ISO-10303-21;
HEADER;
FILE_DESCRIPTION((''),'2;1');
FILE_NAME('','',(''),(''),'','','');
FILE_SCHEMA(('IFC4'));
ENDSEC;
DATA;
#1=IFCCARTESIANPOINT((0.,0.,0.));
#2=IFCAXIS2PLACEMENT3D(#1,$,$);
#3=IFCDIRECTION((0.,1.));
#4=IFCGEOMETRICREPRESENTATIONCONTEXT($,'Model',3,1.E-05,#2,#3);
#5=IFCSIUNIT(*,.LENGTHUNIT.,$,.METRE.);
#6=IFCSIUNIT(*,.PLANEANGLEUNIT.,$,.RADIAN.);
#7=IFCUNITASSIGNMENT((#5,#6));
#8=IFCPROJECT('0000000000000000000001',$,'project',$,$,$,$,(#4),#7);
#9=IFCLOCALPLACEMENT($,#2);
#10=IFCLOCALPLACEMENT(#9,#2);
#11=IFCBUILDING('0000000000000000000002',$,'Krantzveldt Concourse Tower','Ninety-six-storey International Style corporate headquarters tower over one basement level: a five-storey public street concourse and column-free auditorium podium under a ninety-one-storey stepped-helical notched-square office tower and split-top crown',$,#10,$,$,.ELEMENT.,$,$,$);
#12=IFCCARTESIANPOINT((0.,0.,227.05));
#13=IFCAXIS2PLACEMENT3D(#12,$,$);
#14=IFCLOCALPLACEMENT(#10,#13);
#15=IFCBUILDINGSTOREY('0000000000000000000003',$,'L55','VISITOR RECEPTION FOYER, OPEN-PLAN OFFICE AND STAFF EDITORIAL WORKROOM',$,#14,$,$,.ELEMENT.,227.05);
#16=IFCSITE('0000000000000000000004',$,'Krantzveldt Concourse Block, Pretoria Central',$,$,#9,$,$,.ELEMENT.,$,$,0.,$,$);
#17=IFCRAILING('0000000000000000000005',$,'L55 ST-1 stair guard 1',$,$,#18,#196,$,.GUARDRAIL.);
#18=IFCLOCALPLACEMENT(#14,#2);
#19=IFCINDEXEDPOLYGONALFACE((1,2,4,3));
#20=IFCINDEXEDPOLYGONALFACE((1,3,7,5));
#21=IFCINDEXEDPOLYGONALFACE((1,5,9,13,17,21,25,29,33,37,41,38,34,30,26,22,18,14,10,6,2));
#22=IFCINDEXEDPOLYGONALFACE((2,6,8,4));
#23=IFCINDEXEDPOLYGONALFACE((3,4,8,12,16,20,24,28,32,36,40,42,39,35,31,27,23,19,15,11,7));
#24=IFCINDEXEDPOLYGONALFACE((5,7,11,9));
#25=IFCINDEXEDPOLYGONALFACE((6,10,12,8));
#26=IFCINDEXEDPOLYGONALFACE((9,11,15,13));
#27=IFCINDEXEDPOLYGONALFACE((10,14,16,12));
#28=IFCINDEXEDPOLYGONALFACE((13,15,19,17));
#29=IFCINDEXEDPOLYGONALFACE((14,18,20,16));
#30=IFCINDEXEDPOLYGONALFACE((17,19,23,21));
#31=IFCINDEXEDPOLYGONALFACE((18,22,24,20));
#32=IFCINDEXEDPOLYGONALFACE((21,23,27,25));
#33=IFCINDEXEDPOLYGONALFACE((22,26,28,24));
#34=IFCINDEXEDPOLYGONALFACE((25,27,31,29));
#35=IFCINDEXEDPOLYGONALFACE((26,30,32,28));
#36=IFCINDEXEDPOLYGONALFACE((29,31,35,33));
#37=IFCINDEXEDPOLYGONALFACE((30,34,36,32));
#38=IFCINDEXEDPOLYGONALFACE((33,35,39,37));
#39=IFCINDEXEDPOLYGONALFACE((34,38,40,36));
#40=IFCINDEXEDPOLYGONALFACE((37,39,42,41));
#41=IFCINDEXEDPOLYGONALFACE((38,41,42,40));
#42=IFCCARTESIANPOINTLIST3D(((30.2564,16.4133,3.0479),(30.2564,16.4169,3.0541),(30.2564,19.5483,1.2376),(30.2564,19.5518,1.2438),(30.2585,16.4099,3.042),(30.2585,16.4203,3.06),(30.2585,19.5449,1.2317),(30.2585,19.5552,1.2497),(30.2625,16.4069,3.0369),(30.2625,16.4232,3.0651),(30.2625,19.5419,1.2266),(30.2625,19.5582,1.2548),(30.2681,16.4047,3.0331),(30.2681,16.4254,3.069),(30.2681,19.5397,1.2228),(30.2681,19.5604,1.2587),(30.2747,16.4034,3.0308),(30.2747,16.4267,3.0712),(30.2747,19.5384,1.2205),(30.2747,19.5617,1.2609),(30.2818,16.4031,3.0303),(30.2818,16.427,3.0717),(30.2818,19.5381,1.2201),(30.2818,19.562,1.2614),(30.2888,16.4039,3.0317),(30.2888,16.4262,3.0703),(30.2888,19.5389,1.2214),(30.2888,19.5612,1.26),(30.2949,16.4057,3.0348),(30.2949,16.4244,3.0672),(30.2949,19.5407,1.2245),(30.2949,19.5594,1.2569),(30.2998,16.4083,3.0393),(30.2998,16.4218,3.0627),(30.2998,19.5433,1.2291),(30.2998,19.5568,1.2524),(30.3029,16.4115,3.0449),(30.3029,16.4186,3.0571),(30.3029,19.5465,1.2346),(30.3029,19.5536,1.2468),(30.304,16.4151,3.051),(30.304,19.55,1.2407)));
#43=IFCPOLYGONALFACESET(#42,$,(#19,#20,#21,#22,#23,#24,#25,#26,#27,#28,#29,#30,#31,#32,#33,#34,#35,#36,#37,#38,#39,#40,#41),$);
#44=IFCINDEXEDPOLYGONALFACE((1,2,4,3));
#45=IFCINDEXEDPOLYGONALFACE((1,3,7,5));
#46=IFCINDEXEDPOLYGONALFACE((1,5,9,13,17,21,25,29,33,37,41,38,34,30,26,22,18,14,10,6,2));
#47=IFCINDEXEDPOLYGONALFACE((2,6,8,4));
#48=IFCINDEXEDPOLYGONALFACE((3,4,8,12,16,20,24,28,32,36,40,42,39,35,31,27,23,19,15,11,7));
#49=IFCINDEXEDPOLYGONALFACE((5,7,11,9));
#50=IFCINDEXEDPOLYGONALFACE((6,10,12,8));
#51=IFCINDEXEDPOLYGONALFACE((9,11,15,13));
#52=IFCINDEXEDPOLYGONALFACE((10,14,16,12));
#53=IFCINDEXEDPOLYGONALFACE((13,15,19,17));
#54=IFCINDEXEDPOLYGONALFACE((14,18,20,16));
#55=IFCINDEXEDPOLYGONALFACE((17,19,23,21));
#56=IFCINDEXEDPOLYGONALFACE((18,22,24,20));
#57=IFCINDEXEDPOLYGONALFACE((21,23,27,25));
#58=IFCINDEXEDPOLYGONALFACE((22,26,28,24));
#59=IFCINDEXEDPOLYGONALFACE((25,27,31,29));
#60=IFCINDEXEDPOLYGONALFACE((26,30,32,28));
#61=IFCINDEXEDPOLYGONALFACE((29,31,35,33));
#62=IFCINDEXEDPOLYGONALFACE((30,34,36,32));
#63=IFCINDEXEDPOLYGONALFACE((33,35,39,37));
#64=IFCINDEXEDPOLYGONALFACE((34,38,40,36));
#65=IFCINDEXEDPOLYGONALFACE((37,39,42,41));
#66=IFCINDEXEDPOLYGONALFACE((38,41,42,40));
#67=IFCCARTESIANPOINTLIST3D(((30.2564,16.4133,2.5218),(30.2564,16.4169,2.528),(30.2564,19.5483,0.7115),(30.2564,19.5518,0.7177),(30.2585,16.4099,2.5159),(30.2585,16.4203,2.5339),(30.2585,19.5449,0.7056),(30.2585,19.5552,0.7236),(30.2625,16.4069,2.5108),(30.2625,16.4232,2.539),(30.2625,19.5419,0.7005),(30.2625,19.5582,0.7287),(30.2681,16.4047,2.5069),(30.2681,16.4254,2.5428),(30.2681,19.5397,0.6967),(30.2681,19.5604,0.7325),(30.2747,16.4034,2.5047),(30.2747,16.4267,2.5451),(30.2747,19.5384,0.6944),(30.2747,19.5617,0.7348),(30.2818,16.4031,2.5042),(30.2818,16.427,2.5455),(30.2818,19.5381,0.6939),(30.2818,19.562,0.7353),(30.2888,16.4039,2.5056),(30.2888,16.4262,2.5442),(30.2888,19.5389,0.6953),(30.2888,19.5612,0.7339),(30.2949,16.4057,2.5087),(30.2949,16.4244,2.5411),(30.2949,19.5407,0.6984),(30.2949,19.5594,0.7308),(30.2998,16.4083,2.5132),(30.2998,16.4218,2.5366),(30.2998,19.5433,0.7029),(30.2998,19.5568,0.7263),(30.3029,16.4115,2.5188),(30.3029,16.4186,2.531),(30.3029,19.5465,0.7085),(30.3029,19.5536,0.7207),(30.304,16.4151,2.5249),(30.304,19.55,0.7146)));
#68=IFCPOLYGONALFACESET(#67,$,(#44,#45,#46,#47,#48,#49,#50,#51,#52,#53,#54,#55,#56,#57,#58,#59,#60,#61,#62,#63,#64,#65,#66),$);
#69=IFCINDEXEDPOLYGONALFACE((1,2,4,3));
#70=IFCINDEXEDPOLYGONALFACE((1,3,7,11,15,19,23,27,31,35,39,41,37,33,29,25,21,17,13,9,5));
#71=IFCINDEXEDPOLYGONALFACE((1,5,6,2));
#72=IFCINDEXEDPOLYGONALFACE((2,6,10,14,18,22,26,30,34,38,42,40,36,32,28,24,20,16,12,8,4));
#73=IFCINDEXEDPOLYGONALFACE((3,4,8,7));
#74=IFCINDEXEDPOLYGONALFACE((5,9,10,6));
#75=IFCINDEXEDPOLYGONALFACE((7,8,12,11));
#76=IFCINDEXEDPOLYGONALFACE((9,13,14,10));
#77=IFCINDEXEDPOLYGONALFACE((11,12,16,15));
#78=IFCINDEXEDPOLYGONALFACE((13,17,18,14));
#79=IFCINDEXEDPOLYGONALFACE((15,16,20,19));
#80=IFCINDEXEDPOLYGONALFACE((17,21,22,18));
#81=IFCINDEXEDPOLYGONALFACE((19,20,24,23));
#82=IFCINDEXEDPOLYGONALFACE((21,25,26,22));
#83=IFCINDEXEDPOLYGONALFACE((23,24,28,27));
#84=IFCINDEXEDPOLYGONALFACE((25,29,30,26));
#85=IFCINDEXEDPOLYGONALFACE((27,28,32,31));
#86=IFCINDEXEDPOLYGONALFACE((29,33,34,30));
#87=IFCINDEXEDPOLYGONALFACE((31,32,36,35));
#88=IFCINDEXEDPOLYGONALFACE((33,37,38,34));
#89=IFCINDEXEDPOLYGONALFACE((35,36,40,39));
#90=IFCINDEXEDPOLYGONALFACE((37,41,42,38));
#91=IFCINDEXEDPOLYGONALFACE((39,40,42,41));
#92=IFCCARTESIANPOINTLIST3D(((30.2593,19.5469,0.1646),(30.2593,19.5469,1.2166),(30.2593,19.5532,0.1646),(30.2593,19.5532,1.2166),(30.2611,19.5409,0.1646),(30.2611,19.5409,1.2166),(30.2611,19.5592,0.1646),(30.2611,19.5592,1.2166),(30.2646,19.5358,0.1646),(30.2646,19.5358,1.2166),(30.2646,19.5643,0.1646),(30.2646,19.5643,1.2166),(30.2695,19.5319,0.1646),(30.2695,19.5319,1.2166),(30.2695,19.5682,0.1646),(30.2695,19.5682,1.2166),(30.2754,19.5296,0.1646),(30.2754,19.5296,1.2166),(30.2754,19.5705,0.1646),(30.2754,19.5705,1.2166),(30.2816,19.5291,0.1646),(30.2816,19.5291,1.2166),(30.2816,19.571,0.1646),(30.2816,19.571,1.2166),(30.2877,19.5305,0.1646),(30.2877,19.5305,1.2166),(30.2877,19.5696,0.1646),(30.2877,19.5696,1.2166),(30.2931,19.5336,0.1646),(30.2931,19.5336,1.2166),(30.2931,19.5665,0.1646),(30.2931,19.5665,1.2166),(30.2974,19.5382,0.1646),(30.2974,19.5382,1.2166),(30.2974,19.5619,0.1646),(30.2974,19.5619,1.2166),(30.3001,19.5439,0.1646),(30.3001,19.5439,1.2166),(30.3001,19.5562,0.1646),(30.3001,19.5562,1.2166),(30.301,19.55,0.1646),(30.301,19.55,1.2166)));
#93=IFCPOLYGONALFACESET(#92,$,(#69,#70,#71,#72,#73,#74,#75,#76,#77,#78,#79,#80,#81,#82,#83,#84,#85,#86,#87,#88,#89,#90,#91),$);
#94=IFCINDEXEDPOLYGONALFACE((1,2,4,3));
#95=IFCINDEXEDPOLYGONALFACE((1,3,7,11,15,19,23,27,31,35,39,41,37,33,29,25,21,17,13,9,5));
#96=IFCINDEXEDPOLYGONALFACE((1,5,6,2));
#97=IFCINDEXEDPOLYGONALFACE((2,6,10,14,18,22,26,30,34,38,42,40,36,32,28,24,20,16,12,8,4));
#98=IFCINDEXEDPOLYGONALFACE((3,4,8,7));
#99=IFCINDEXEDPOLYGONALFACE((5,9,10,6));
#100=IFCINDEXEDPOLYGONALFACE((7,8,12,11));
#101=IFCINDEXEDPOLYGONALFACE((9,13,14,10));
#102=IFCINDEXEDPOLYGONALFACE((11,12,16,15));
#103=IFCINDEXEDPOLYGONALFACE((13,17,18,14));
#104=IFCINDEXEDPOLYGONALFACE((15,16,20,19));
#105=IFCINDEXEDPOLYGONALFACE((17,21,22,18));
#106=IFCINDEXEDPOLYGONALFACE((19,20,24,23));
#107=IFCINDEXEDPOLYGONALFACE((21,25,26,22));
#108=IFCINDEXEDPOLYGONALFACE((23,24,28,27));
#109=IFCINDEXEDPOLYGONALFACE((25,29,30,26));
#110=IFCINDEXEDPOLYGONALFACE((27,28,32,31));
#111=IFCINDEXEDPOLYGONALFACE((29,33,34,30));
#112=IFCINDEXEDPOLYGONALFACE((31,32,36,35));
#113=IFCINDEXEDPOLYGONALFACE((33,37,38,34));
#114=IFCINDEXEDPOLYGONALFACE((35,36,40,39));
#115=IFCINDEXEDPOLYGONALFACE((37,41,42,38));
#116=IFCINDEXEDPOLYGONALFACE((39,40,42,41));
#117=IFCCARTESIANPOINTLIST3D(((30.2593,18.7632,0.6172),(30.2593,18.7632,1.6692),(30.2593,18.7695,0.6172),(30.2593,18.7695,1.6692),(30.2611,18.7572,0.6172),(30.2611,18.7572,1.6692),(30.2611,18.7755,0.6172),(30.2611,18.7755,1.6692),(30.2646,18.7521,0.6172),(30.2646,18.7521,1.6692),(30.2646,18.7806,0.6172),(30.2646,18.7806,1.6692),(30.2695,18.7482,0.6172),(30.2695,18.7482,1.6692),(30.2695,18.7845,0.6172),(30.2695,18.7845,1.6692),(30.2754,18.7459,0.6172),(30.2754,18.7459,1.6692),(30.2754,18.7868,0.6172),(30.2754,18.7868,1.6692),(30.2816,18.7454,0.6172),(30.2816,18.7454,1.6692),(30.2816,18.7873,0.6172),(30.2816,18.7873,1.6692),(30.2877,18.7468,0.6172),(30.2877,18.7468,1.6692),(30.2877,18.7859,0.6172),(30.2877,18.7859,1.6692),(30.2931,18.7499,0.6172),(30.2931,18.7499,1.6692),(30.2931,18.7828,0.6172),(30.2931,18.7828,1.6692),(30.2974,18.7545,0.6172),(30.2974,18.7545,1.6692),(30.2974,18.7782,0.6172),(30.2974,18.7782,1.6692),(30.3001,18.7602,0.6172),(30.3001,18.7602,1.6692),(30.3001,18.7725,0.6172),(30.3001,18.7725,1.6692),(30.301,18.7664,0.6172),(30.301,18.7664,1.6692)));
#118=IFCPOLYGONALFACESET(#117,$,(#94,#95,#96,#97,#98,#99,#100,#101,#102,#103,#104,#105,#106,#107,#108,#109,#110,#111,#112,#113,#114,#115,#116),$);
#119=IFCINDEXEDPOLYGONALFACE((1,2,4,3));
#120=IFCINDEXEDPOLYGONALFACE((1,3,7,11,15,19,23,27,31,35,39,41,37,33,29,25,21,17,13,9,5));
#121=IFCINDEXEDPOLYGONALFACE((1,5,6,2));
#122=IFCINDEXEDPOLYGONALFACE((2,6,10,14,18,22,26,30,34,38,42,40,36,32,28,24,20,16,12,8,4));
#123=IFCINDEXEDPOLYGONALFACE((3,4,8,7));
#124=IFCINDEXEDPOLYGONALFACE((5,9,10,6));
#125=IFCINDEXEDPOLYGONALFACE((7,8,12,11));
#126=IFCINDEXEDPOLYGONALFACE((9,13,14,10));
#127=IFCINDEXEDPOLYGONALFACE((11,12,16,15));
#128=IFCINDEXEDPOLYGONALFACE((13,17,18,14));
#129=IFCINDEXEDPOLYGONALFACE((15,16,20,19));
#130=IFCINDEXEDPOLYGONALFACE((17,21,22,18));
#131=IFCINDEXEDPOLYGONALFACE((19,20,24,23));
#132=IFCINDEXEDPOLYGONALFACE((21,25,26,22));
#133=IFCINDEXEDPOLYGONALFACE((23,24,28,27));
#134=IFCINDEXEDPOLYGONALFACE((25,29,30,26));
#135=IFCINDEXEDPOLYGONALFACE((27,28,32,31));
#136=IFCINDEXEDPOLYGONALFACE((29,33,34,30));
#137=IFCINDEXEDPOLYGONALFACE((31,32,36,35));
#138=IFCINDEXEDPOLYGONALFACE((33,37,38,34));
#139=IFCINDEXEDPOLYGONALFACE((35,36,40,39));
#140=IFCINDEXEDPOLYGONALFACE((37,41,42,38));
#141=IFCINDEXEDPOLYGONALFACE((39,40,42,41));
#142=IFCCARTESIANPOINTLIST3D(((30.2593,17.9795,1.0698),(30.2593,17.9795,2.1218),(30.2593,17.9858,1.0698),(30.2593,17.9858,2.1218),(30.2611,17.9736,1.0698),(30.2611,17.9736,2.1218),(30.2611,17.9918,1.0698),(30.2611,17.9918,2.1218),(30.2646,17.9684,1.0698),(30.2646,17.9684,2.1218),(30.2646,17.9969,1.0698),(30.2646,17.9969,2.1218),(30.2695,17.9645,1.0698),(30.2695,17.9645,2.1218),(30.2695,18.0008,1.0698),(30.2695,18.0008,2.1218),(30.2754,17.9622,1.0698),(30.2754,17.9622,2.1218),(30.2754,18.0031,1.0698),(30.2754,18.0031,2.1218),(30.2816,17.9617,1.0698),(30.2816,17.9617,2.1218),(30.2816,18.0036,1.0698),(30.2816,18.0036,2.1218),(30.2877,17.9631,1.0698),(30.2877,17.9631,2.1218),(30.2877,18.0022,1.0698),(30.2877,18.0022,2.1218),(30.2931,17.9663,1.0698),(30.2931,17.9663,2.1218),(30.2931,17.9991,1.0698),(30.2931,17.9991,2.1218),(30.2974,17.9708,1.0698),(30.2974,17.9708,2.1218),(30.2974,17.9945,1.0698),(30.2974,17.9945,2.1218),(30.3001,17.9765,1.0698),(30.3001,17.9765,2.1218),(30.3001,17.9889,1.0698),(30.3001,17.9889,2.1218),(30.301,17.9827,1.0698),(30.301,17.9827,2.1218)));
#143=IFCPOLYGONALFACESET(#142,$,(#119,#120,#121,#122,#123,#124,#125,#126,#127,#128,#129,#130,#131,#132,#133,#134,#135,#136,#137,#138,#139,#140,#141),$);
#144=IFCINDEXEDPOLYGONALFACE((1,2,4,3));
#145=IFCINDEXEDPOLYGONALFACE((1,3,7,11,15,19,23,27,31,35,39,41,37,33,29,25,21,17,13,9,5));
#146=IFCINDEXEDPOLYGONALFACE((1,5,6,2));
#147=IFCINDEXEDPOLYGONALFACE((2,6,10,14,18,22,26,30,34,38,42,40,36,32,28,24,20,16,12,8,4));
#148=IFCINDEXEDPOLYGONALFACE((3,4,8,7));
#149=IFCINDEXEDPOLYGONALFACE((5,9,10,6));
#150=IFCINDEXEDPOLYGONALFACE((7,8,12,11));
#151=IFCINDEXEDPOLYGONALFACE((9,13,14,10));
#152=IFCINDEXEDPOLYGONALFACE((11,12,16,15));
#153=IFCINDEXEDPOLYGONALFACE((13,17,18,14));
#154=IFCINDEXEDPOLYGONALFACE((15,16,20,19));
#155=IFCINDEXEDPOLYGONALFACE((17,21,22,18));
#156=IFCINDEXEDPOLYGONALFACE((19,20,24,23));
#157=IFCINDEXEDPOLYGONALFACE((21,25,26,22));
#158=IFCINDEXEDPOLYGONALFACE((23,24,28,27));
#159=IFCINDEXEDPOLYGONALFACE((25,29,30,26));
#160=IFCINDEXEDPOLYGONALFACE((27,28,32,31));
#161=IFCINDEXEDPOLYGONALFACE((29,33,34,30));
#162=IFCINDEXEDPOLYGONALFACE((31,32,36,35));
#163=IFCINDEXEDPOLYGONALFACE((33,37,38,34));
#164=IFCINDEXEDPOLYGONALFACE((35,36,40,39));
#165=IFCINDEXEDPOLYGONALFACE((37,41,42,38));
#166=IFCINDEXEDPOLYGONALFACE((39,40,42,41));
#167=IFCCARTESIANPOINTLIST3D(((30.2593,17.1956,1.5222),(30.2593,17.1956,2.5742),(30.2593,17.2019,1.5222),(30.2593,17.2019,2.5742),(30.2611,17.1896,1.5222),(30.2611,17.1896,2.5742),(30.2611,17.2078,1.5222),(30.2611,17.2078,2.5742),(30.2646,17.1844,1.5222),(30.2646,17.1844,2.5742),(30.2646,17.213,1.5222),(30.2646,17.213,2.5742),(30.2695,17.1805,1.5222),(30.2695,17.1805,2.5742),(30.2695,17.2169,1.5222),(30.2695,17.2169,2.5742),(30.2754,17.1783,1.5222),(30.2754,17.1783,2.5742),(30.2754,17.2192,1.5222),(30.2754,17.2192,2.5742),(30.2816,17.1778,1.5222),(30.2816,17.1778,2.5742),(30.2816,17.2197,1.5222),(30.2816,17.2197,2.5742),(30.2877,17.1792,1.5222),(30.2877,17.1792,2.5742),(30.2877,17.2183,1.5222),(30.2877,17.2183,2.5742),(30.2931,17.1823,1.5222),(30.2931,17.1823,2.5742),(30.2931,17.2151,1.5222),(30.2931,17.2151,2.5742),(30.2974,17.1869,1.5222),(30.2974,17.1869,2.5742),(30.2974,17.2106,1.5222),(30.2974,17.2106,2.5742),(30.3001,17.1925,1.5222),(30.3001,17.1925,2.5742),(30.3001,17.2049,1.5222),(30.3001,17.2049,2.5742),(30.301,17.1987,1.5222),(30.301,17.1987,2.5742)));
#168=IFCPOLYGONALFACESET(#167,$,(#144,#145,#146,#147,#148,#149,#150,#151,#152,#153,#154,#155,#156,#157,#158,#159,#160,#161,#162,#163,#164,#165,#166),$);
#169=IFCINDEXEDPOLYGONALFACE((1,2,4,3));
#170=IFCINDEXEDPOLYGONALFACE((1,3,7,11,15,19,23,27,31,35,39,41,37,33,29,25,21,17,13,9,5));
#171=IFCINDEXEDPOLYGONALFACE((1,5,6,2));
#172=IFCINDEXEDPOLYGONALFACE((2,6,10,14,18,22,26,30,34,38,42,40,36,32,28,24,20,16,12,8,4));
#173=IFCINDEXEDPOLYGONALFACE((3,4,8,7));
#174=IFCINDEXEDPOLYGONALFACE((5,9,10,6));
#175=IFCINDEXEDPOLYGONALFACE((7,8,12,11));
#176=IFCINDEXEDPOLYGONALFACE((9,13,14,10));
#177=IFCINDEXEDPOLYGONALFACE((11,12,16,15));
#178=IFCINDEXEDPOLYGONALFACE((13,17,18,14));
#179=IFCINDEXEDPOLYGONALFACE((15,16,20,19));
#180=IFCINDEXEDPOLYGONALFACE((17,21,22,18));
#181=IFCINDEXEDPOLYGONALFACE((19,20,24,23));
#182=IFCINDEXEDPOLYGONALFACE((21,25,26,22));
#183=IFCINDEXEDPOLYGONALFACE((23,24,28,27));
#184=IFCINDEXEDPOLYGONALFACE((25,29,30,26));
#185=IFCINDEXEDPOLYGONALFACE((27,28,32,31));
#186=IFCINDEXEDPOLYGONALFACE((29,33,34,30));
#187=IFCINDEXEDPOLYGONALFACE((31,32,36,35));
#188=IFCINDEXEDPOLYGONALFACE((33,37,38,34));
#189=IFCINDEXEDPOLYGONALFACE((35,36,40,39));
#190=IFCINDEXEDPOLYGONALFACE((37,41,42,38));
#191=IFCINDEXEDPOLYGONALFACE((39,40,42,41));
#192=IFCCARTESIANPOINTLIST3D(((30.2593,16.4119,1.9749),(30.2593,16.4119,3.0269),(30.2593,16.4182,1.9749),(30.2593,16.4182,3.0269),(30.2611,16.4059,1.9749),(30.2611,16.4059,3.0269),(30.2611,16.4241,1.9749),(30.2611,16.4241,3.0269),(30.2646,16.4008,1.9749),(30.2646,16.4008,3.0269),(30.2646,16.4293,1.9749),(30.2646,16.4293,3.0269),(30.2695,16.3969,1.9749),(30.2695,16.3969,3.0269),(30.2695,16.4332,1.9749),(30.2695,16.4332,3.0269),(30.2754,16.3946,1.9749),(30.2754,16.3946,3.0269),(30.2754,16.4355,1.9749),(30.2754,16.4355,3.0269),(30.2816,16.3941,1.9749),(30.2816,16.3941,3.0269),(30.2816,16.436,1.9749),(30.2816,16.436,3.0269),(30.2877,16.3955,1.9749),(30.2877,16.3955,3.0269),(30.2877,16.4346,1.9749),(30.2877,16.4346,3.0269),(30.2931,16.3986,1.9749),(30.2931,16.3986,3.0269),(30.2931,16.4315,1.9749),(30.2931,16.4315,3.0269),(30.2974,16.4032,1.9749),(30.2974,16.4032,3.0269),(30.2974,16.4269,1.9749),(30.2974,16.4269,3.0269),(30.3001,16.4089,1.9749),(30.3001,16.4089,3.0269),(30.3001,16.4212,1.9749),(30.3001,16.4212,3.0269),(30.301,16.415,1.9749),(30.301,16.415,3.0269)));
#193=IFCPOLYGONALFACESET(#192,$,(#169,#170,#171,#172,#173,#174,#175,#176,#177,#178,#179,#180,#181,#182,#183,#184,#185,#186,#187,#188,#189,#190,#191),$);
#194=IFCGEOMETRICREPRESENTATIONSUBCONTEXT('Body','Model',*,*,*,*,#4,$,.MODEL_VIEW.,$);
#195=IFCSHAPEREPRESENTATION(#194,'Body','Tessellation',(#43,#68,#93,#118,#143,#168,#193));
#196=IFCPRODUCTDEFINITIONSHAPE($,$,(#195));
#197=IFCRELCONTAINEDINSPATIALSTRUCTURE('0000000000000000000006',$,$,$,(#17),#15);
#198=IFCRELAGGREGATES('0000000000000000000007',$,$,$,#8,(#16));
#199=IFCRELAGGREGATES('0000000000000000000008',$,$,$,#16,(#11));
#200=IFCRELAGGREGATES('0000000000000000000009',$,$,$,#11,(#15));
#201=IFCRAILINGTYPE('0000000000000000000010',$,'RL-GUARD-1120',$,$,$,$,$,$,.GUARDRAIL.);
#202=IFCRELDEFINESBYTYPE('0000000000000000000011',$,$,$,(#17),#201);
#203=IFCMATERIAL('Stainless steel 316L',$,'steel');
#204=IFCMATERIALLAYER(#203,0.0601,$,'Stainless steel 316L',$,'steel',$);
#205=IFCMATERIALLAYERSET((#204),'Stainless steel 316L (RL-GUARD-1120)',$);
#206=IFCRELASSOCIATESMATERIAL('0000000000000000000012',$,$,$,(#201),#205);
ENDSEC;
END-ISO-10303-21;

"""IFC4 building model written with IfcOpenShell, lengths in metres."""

from ifc_helpers import new_model, si_unit, direction, frame, origin, origin_2d, place, context, subcontext, project, spatial, circle, extrude, material, layer, layer_set, type_object, element, save


model = new_model("IFC4")

# Units and contexts
model_context = context("Model", 3, precision=1e-05, world=origin(), true_north=direction((0.0, 1.0)))
body_context = subcontext(model_context, "Body", "Model", "MODEL_VIEW")
ifc_project = project(units=[si_unit("LENGTHUNIT", "METRE"), si_unit("PLANEANGLEUNIT", "RADIAN")], contexts=[model_context])

# Site, building, storey
site_placement = place(None, origin())
site = spatial("IfcSite", under=ifc_project, at=site_placement, Name="Krantzveldt Concourse Block, Pretoria Central", CompositionType="ELEMENT", RefElevation=0.0)
building_placement = place(site_placement, origin())
building = spatial("IfcBuilding", under=site, at=building_placement, Name="Krantzveldt Concourse Tower", Description="Ninety-six-storey International Style corporate headquarters tower over one basement level: a five-storey public street concourse and column-free auditorium podium under a ninety-one-storey stepped-helical notched-square office tower and split-top crown", CompositionType="ELEMENT")
storey_placement = place(building_placement, frame((0.0, 0.0, 227.05)))
storey = spatial("IfcBuildingStorey", under=building, at=storey_placement, Name="L55", Description="VISITOR RECEPTION FOYER, OPEN-PLAN OFFICE AND STAFF EDITORIAL WORKROOM", CompositionType="ELEMENT", Elevation=227.05)

# Railing
ifc_material_1 = material(Name="Stainless steel 316L", Category="steel")
ifc_layer_1 = layer(ifc_material_1, 0.0601, Name="Stainless steel 316L", Category="steel")
ifc_layer_set_1 = layer_set([ifc_layer_1], Name="Stainless steel 316L (RL-GUARD-1120)")
railing_type_1 = type_object("IfcRailingType", Name="RL-GUARD-1120", PredefinedType="GUARDRAIL", material=ifc_layer_set_1)
railing_1_placement = place(storey_placement, frame((30.28, 19.55, 0.1646)))
element("IfcRailing", 1, at=railing_1_placement, inside=storey, type_object=railing_type_1, Name="L55 ST-1 stair guard 1", PredefinedType="GUARDRAIL", context=body_context, shape_type="SweptSolid", body=[
    extrude(circle(Radius=0.0239, at=origin_2d()), frame((0.0, 0.0, 1.0762), z_axis=(0.0, -0.865989, 0.500063), x_axis=(1.0, 0.0, 0.0)), (0.0, 0.0, 1.0), 3.6201),
    extrude(circle(Radius=0.0239, at=origin_2d()), frame((0.0, 0.0, 0.55), z_axis=(0.0, -0.865989, 0.500063), x_axis=(1.0, 0.0, 0.0)), (0.0, 0.0, 1.0), 3.6201),
    extrude(circle(Radius=0.021, at=origin_2d()), origin(), (0.0, 0.0, 1.0), 1.052),
    extrude(circle(Radius=0.021, at=origin_2d()), frame((0.0, -0.7837, 0.4526)), (0.0, 0.0, 1.0), 1.052),
    extrude(circle(Radius=0.021, at=origin_2d()), frame((0.0, -1.5674, 0.9053)), (0.0, 0.0, 1.0), 1.052),
    extrude(circle(Radius=0.021, at=origin_2d()), frame((0.0, -2.3513, 1.3577)), (0.0, 0.0, 1.0), 1.052),
    extrude(circle(Radius=0.021, at=origin_2d()), frame((0.0, -3.135, 1.8103)), (0.0, 0.0, 1.0), 1.052),
])

save(model, "model.ifc")
